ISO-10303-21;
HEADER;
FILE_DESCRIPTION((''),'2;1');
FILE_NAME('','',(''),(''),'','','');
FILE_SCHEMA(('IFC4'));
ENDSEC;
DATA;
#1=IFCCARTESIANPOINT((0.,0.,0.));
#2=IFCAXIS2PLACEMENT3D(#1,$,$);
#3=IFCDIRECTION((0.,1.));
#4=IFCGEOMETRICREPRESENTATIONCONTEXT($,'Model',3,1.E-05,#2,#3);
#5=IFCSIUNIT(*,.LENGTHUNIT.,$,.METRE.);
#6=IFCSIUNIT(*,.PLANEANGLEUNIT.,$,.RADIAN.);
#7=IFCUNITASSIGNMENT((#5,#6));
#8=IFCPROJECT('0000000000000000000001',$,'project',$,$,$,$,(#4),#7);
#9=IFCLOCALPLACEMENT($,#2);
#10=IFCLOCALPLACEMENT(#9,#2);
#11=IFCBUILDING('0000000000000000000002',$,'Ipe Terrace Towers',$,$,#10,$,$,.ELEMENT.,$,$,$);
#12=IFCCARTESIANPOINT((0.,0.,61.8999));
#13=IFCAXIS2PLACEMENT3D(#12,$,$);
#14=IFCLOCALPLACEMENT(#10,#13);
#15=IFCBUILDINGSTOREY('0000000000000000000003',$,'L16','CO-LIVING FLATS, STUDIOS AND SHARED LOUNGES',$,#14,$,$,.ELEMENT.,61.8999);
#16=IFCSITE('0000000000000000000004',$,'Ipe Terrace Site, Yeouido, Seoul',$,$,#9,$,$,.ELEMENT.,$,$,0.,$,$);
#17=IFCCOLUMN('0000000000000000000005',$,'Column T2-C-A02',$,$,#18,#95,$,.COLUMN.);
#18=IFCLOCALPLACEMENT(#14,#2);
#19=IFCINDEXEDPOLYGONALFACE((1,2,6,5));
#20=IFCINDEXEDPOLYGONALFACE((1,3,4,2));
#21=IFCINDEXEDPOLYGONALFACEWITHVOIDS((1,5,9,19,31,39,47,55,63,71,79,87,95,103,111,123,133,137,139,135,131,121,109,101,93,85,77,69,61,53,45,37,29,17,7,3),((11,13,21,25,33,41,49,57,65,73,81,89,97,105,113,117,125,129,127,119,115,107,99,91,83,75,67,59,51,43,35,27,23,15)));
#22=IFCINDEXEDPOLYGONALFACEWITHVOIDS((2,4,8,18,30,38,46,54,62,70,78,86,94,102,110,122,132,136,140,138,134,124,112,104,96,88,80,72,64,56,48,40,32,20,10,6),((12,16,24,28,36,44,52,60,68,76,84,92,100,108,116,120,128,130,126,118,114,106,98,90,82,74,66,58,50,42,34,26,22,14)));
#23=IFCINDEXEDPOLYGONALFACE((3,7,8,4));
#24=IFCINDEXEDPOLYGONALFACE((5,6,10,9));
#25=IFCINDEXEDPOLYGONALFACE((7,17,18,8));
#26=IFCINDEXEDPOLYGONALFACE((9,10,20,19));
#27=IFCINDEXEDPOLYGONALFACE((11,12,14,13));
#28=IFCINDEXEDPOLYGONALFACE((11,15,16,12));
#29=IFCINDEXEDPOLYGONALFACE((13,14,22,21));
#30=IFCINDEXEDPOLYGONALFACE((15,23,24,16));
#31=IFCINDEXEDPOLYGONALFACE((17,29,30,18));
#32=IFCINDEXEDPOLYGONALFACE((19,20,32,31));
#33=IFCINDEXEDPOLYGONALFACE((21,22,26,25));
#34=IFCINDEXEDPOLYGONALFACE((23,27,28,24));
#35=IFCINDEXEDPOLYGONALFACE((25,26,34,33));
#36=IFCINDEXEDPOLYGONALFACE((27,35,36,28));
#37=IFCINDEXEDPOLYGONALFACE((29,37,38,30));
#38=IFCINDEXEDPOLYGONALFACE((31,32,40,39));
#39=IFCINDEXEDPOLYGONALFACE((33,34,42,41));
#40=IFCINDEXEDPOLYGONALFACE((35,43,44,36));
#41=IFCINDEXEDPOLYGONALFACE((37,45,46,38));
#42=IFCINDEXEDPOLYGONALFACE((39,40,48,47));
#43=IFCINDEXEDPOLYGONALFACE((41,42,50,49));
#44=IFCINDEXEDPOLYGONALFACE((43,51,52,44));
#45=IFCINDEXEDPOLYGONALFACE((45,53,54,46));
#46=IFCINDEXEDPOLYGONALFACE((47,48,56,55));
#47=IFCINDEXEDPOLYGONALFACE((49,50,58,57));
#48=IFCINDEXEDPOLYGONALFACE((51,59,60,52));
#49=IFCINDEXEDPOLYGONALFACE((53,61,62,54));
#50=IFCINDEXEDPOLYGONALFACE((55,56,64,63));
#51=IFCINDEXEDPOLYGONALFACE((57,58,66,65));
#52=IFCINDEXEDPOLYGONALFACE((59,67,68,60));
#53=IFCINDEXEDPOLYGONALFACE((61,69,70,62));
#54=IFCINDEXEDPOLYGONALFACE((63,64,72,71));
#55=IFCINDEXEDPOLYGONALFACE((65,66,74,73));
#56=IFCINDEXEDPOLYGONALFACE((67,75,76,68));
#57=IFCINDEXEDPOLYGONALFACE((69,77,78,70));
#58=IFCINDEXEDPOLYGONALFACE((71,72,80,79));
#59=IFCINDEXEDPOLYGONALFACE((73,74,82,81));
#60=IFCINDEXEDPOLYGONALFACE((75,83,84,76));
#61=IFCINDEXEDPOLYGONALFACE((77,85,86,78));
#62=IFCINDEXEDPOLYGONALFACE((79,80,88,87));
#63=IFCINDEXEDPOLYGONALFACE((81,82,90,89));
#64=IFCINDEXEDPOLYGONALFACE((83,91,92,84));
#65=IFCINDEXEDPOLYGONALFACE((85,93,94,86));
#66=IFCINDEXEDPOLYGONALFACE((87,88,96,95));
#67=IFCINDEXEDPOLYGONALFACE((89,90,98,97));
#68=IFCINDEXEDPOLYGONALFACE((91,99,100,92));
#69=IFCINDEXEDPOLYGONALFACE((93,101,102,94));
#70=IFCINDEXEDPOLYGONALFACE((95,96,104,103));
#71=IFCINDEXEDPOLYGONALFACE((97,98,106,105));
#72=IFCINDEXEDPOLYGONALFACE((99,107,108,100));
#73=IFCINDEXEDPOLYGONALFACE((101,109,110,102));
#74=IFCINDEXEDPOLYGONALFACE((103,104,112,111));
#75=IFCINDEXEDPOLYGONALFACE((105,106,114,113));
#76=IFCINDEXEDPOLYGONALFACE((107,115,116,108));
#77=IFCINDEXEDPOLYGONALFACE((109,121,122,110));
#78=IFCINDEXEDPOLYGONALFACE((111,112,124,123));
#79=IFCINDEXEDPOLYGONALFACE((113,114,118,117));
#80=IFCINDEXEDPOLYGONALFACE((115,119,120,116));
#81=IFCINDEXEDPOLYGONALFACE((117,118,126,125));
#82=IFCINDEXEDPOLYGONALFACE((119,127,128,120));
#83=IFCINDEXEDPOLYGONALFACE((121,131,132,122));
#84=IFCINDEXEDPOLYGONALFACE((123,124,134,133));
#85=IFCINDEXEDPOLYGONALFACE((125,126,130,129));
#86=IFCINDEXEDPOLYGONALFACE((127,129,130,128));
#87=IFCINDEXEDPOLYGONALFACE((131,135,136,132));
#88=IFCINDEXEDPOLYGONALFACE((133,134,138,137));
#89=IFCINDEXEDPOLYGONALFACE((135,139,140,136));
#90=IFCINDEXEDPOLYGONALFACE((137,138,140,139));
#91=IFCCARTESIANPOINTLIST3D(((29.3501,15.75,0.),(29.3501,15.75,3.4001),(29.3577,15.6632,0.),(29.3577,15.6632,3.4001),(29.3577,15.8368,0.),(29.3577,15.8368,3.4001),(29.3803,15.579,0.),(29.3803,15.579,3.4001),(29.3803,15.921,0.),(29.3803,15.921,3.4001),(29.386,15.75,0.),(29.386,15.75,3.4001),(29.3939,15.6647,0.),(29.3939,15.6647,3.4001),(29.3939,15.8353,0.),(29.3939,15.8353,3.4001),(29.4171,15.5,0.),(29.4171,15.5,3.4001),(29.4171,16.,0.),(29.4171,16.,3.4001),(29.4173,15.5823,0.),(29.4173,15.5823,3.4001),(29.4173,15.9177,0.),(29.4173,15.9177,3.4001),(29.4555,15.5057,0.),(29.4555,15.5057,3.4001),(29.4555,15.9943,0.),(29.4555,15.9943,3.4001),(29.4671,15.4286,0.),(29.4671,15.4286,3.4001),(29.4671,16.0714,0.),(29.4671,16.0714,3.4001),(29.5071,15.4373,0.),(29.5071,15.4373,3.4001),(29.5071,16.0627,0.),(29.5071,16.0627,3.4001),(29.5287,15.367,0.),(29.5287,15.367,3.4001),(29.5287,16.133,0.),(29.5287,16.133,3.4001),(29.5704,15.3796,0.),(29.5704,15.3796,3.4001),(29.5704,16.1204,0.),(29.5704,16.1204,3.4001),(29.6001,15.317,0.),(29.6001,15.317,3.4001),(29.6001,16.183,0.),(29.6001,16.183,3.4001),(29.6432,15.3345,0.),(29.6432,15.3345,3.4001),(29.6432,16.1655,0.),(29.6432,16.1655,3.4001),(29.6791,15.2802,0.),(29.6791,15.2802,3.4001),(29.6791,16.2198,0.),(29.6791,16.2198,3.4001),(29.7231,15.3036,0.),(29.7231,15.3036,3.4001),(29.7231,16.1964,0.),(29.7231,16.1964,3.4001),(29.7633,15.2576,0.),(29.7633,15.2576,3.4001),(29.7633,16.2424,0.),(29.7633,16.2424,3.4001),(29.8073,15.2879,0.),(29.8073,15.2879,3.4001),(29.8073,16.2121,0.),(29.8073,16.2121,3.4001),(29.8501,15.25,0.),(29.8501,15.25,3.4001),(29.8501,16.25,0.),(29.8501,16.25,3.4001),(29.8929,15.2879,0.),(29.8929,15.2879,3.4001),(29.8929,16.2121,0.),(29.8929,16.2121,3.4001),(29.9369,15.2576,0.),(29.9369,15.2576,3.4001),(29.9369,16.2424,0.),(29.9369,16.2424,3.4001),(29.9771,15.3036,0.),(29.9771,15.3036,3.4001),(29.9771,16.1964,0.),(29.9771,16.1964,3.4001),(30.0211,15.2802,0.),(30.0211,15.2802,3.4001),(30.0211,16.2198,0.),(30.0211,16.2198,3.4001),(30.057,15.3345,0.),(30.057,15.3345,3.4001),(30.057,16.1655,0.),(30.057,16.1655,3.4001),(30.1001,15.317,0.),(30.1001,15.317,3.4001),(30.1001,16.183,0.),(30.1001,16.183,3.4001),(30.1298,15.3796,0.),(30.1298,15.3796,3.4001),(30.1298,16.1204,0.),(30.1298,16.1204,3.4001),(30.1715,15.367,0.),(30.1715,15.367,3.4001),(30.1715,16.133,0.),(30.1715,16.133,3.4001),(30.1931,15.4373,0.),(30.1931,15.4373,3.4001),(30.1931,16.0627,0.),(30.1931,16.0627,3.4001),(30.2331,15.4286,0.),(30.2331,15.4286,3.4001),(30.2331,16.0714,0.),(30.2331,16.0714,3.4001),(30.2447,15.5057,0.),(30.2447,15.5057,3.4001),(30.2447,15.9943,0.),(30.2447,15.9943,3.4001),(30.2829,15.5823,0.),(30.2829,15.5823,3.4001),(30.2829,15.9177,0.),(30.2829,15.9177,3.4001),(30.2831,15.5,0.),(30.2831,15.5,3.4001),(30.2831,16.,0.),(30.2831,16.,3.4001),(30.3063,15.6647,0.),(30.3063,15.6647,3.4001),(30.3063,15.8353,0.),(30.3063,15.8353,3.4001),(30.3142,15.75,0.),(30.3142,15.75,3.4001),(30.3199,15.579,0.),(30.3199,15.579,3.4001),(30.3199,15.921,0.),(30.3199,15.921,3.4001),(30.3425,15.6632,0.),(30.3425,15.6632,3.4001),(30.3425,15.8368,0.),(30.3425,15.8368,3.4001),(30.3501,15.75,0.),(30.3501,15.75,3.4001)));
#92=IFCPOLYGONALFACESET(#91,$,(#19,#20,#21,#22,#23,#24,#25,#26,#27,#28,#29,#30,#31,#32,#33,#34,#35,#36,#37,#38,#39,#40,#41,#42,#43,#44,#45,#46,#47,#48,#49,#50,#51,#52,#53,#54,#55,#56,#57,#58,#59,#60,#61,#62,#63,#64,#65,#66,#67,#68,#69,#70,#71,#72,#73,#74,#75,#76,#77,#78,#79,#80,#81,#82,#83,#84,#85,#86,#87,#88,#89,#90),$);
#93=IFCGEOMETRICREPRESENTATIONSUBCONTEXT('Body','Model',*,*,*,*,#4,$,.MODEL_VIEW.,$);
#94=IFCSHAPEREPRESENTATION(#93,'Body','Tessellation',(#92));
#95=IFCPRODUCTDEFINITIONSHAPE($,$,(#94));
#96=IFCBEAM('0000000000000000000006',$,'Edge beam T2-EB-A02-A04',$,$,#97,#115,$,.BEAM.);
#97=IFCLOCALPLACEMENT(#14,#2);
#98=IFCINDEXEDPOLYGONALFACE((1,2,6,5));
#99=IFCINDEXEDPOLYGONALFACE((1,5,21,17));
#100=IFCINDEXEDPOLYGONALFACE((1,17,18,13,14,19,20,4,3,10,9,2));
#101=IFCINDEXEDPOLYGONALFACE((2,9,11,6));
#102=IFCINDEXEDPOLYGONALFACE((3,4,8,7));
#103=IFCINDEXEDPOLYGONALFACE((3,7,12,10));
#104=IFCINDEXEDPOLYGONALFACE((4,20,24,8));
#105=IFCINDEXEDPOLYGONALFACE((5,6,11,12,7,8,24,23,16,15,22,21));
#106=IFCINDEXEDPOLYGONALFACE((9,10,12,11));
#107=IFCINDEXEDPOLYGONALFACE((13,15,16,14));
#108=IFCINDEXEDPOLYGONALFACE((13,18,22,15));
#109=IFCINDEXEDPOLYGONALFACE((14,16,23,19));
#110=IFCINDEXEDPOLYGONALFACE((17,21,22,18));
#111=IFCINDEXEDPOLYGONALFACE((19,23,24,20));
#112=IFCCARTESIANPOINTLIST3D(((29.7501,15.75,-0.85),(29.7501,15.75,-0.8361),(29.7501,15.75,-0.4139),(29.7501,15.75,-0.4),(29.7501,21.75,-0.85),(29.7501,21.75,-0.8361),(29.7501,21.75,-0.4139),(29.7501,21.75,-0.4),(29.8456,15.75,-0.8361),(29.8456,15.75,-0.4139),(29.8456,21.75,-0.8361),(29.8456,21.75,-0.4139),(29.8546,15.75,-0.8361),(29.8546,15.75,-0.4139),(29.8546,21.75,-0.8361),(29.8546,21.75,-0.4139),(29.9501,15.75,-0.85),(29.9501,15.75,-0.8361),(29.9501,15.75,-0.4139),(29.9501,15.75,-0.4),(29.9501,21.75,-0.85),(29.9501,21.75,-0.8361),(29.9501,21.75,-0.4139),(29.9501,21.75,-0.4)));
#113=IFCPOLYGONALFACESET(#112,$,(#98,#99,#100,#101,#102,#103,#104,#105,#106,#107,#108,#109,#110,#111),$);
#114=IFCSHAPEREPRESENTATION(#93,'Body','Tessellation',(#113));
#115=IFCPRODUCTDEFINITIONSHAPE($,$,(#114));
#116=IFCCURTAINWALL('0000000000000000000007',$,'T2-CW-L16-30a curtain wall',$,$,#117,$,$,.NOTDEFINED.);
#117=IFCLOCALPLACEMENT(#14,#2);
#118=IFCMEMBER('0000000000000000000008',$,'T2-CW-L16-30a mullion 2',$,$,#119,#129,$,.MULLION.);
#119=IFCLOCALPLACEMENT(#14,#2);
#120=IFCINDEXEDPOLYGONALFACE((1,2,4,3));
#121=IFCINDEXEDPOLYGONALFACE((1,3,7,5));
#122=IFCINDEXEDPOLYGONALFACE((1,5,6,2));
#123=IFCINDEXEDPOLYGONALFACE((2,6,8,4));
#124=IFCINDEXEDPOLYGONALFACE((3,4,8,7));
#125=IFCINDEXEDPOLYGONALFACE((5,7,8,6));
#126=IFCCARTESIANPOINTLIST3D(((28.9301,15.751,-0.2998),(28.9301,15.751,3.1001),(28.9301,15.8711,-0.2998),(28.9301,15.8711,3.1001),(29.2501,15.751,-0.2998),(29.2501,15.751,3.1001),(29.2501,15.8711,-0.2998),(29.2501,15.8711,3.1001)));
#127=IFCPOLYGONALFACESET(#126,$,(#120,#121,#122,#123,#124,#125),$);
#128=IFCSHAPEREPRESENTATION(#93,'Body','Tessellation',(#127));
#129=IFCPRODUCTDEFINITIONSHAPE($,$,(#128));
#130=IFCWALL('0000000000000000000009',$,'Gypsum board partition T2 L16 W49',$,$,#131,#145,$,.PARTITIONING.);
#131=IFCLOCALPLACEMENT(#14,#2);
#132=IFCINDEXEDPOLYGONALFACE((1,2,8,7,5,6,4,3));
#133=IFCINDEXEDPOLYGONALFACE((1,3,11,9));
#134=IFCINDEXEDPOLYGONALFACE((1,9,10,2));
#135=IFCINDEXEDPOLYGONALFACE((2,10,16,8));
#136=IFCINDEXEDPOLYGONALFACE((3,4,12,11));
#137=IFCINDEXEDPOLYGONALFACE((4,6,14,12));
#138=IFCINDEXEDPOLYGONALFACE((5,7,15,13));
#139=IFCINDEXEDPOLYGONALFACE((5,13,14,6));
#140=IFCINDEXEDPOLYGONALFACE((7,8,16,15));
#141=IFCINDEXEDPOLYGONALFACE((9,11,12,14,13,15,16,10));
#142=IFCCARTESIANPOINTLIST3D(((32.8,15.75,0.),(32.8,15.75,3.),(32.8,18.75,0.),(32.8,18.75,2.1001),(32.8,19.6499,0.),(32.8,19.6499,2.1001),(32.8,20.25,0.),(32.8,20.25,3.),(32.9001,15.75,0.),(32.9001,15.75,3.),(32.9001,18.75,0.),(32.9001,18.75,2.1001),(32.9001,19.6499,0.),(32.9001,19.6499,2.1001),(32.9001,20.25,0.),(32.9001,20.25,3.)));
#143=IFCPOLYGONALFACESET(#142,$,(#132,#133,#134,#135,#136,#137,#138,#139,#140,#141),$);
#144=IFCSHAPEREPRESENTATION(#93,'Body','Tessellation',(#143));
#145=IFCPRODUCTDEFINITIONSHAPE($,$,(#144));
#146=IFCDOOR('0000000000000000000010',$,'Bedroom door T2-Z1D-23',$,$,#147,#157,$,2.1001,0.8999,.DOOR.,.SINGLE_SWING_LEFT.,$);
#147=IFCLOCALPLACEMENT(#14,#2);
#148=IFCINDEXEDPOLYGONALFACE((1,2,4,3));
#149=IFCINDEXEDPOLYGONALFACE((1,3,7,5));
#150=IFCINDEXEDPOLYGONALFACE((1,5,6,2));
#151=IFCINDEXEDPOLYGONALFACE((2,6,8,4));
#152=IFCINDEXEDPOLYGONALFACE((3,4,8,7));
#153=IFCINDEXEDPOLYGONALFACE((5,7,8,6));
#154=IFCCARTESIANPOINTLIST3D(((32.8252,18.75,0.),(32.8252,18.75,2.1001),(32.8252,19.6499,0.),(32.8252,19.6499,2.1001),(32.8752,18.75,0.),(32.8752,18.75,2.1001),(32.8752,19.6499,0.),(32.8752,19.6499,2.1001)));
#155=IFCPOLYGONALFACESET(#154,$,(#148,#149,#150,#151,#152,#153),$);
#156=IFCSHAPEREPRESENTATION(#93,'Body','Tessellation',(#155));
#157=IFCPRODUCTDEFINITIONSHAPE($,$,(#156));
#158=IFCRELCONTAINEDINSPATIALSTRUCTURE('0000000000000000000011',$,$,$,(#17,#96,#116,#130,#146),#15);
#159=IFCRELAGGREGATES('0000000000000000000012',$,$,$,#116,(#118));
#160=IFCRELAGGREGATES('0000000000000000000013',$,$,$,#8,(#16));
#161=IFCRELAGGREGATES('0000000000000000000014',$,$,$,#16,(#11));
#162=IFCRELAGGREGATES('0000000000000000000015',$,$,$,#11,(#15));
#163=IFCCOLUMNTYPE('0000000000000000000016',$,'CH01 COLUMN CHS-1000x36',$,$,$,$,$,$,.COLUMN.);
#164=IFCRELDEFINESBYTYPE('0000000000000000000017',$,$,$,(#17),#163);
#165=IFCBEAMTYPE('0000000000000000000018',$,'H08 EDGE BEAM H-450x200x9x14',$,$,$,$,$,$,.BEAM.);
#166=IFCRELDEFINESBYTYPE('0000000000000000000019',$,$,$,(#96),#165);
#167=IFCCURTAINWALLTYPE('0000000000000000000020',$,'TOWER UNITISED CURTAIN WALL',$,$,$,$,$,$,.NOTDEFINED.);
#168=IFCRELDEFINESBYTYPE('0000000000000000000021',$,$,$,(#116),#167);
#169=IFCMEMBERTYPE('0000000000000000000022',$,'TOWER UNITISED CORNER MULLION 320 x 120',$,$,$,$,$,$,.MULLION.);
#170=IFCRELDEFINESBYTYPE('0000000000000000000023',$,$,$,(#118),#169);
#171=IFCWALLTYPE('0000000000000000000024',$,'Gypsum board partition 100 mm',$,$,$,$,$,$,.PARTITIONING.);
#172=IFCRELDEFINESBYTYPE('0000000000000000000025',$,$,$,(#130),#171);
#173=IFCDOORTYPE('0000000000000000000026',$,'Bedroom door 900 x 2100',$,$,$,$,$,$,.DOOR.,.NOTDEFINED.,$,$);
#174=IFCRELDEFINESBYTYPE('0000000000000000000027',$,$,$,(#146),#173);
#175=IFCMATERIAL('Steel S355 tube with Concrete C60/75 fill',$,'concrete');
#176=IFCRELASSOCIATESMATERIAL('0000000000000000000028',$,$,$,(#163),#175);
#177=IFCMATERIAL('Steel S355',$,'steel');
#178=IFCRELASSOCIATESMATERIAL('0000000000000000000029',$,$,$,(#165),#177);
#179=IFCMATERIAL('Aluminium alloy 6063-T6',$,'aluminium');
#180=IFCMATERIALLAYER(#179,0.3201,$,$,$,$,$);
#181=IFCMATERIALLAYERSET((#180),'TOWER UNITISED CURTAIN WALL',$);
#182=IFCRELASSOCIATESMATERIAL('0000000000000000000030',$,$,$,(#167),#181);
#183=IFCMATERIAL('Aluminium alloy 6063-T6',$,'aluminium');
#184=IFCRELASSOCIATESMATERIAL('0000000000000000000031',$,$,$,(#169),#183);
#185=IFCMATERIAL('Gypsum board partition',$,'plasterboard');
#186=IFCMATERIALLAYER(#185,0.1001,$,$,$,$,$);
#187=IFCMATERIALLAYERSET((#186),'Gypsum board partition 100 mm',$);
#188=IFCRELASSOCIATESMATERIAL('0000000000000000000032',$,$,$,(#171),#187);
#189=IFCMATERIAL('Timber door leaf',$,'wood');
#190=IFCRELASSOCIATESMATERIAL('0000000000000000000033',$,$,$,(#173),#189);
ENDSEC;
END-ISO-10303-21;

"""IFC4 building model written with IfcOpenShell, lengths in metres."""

from ifc_helpers import new_model, si_unit, direction, frame, frame_2d, origin, origin_2d, place, context, subcontext, project, spatial, rectangle, hollow_circle, i_section, extrude, material, layer, layer_set, material_profile, profile_set, type_object, element, fill, aggregate, save


model = new_model("IFC4")

# Units and contexts
model_context = context("Model", 3, precision=1e-05, world=origin(), true_north=direction((0.0, 1.0)))
body_context = subcontext(model_context, "Body", "Model", "MODEL_VIEW")
ifc_project = project(units=[si_unit("LENGTHUNIT", "METRE"), si_unit("PLANEANGLEUNIT", "RADIAN")], contexts=[model_context])

# Site, building, storey
site_placement = place(None, origin())
site = spatial("IfcSite", under=ifc_project, at=site_placement, Name="Ipe Terrace Site, Yeouido, Seoul", CompositionType="ELEMENT", RefElevation=0.0)
building_placement = place(site_placement, origin())
building = spatial("IfcBuilding", under=site, at=building_placement, Name="Ipe Terrace Towers", CompositionType="ELEMENT")
storey_placement = place(building_placement, frame((0.0, 0.0, 61.8999)))
storey = spatial("IfcBuildingStorey", under=building, at=storey_placement, Name="L16", Description="CO-LIVING FLATS, STUDIOS AND SHARED LOUNGES", CompositionType="ELEMENT", Elevation=61.8999)

# Column
ifc_material_1 = material(Name="Steel S355 tube with Concrete C60/75 fill", Category="concrete")
ifc_material_profile_1 = material_profile(ifc_material_1, hollow_circle(Radius=0.5, WallThickness=0.0359, at=origin_2d()), Name="CHS-1000x36")
ifc_profile_set_1 = profile_set([ifc_material_profile_1], Name="Steel S355 tube with Concrete C60/75 fill")
column_type = type_object("IfcColumnType", Name="CH01 COLUMN CHS-1000x36", PredefinedType="COLUMN", material=ifc_profile_set_1)
column_placement = place(storey_placement, frame((29.8501, 15.75, 0.0), z_axis=(0.0, 0.0, 1.0), x_axis=(1.0, 0.0, 0.0)))
element("IfcColumn", 1, at=column_placement, inside=storey, type_object=column_type, Name="Column T2-C-A02", PredefinedType="COLUMN", context=body_context, shape_type="SweptSolid", body=[
    extrude(hollow_circle(Radius=0.5, WallThickness=0.0359, at=origin_2d()), origin(), (0.0, 0.0, 1.0), 3.4001),
])

# Beam
ifc_material_2 = material(Name="Steel S355", Category="steel")
ifc_material_profile_2 = material_profile(ifc_material_2, i_section(OverallWidth=0.2, OverallDepth=0.45, WebThickness=0.009, FlangeThickness=0.0139, at=origin_2d()), Name="H-450x200x9x14")
ifc_profile_set_2 = profile_set([ifc_material_profile_2], Name="Steel S355")
beam_type = type_object("IfcBeamType", Name="H08 EDGE BEAM H-450x200x9x14", PredefinedType="BEAM", material=ifc_profile_set_2)
beam_placement = place(storey_placement, frame((29.8501, 15.75, -0.625), z_axis=(0.0, 1.0, 0.0), x_axis=(-1.0, 0.0, 0.0)))
element("IfcBeam", 2, at=beam_placement, inside=storey, type_object=beam_type, Name="Edge beam T2-EB-A02-A04", PredefinedType="BEAM", context=body_context, shape_type="SweptSolid", body=[
    extrude(i_section(OverallWidth=0.2, OverallDepth=0.45, WebThickness=0.009, FlangeThickness=0.0139, at=origin_2d()), origin(), (0.0, 0.0, 1.0), 6.0),
])

# Curtain wall, member
ifc_material_3 = material(Name="Aluminium alloy 6063-T6", Category="aluminium")
ifc_layer_1 = layer(ifc_material_3, 0.3201)
ifc_layer_set_1 = layer_set([ifc_layer_1], Name="TOWER UNITISED CURTAIN WALL")
curtain_wall_type = type_object("IfcCurtainWallType", Name="TOWER UNITISED CURTAIN WALL", PredefinedType="NOTDEFINED", material=ifc_layer_set_1)
curtain_wall_placement = place(storey_placement, origin())
curtain_wall = element("IfcCurtainWall", 3, at=curtain_wall_placement, inside=storey, type_object=curtain_wall_type, Name="T2-CW-L16-30a curtain wall", PredefinedType="NOTDEFINED")
ifc_material_4 = material(Name="Aluminium alloy 6063-T6", Category="aluminium")
ifc_material_profile_3 = material_profile(ifc_material_4, rectangle(XDim=0.3201, YDim=0.1201, at=origin_2d()), Name="TOWER UNITISED CORNER MULLION 320 x 120")
ifc_profile_set_3 = profile_set([ifc_material_profile_3], Name="Aluminium alloy 6063-T6")
member_type = type_object("IfcMemberType", Name="TOWER UNITISED CORNER MULLION 320 x 120", PredefinedType="MULLION", material=ifc_profile_set_3)
member_placement = place(storey_placement, frame((29.0901, 15.811, -0.2998), z_axis=(0.0, 0.0, 1.0), x_axis=(-1.0, 0.0, 0.0)))
member = element("IfcMember", 4, at=member_placement, type_object=member_type, Name="T2-CW-L16-30a mullion 2", PredefinedType="MULLION", context=body_context, shape_type="SweptSolid", body=[
    extrude(rectangle(XDim=0.3201, YDim=0.1201, at=origin_2d()), origin(), (0.0, 0.0, 1.0), 3.3999),
])
aggregate(curtain_wall, [member])

# Wall, opening, door
ifc_material_5 = material(Name="Gypsum board partition", Category="plasterboard")
ifc_layer_2 = layer(ifc_material_5, 0.1001)
ifc_layer_set_2 = layer_set([ifc_layer_2], Name="Gypsum board partition 100 mm")
wall_type_1 = type_object("IfcWallType", Name="Gypsum board partition 100 mm", PredefinedType="PARTITIONING", material=ifc_layer_set_2)
wall_1_placement = place(storey_placement, frame((32.8501, 15.75, 0.0), z_axis=(0.0, 0.0, 1.0), x_axis=(0.0, 1.0, 0.0)))
wall_1 = element("IfcWall", 5, at=wall_1_placement, inside=storey, type_object=wall_type_1, Name="Gypsum board partition T2 L16 W49", PredefinedType="PARTITIONING", context=body_context, shape_type="SweptSolid", body=[
    extrude(rectangle(XDim=4.5, YDim=0.1001, at=frame_2d((2.25, 0.0))), origin(), (0.0, 0.0, 1.0), 3.0),
])
opening_1_placement = place(wall_1_placement, frame((3.0, 0.0, 0.0)))
opening_1 = element("IfcOpeningElement", 6, at=opening_1_placement, cuts=wall_1, PredefinedType="OPENING", context=body_context, shape_type="SweptSolid", body=[
    extrude(rectangle(XDim=0.8999, YDim=2.1001, at=frame_2d((0.45, 1.05))), frame((0.0, 0.0601, 0.0), z_axis=(0.0, -1.0, 0.0), x_axis=(1.0, 0.0, 0.0)), (0.0, 0.0, 1.0), 0.1201),
])
ifc_material_6 = material(Name="Timber door leaf", Category="wood")
door_type_1 = type_object("IfcDoorType", Name="Bedroom door 900 x 2100", OperationType="NOTDEFINED", PredefinedType="DOOR", material=ifc_material_6)
door_1_placement = place(opening_1_placement, origin())
door_1 = element("IfcDoor", 7, at=door_1_placement, inside=storey, type_object=door_type_1, Name="Bedroom door T2-Z1D-23", OperationType="SINGLE_SWING_LEFT", OverallHeight=2.1001, OverallWidth=0.8999, PredefinedType="DOOR", context=body_context, shape_type="SweptSolid", body=[
    extrude(rectangle(XDim=0.8999, YDim=2.1001, at=frame_2d((0.45, 1.05))), frame((0.0, 0.0249, 0.0), z_axis=(0.0, -1.0, 0.0), x_axis=(1.0, 0.0, 0.0)), (0.0, 0.0, 1.0), 0.05),
])
fill(opening_1, door_1)

save(model, "model.ifc")
